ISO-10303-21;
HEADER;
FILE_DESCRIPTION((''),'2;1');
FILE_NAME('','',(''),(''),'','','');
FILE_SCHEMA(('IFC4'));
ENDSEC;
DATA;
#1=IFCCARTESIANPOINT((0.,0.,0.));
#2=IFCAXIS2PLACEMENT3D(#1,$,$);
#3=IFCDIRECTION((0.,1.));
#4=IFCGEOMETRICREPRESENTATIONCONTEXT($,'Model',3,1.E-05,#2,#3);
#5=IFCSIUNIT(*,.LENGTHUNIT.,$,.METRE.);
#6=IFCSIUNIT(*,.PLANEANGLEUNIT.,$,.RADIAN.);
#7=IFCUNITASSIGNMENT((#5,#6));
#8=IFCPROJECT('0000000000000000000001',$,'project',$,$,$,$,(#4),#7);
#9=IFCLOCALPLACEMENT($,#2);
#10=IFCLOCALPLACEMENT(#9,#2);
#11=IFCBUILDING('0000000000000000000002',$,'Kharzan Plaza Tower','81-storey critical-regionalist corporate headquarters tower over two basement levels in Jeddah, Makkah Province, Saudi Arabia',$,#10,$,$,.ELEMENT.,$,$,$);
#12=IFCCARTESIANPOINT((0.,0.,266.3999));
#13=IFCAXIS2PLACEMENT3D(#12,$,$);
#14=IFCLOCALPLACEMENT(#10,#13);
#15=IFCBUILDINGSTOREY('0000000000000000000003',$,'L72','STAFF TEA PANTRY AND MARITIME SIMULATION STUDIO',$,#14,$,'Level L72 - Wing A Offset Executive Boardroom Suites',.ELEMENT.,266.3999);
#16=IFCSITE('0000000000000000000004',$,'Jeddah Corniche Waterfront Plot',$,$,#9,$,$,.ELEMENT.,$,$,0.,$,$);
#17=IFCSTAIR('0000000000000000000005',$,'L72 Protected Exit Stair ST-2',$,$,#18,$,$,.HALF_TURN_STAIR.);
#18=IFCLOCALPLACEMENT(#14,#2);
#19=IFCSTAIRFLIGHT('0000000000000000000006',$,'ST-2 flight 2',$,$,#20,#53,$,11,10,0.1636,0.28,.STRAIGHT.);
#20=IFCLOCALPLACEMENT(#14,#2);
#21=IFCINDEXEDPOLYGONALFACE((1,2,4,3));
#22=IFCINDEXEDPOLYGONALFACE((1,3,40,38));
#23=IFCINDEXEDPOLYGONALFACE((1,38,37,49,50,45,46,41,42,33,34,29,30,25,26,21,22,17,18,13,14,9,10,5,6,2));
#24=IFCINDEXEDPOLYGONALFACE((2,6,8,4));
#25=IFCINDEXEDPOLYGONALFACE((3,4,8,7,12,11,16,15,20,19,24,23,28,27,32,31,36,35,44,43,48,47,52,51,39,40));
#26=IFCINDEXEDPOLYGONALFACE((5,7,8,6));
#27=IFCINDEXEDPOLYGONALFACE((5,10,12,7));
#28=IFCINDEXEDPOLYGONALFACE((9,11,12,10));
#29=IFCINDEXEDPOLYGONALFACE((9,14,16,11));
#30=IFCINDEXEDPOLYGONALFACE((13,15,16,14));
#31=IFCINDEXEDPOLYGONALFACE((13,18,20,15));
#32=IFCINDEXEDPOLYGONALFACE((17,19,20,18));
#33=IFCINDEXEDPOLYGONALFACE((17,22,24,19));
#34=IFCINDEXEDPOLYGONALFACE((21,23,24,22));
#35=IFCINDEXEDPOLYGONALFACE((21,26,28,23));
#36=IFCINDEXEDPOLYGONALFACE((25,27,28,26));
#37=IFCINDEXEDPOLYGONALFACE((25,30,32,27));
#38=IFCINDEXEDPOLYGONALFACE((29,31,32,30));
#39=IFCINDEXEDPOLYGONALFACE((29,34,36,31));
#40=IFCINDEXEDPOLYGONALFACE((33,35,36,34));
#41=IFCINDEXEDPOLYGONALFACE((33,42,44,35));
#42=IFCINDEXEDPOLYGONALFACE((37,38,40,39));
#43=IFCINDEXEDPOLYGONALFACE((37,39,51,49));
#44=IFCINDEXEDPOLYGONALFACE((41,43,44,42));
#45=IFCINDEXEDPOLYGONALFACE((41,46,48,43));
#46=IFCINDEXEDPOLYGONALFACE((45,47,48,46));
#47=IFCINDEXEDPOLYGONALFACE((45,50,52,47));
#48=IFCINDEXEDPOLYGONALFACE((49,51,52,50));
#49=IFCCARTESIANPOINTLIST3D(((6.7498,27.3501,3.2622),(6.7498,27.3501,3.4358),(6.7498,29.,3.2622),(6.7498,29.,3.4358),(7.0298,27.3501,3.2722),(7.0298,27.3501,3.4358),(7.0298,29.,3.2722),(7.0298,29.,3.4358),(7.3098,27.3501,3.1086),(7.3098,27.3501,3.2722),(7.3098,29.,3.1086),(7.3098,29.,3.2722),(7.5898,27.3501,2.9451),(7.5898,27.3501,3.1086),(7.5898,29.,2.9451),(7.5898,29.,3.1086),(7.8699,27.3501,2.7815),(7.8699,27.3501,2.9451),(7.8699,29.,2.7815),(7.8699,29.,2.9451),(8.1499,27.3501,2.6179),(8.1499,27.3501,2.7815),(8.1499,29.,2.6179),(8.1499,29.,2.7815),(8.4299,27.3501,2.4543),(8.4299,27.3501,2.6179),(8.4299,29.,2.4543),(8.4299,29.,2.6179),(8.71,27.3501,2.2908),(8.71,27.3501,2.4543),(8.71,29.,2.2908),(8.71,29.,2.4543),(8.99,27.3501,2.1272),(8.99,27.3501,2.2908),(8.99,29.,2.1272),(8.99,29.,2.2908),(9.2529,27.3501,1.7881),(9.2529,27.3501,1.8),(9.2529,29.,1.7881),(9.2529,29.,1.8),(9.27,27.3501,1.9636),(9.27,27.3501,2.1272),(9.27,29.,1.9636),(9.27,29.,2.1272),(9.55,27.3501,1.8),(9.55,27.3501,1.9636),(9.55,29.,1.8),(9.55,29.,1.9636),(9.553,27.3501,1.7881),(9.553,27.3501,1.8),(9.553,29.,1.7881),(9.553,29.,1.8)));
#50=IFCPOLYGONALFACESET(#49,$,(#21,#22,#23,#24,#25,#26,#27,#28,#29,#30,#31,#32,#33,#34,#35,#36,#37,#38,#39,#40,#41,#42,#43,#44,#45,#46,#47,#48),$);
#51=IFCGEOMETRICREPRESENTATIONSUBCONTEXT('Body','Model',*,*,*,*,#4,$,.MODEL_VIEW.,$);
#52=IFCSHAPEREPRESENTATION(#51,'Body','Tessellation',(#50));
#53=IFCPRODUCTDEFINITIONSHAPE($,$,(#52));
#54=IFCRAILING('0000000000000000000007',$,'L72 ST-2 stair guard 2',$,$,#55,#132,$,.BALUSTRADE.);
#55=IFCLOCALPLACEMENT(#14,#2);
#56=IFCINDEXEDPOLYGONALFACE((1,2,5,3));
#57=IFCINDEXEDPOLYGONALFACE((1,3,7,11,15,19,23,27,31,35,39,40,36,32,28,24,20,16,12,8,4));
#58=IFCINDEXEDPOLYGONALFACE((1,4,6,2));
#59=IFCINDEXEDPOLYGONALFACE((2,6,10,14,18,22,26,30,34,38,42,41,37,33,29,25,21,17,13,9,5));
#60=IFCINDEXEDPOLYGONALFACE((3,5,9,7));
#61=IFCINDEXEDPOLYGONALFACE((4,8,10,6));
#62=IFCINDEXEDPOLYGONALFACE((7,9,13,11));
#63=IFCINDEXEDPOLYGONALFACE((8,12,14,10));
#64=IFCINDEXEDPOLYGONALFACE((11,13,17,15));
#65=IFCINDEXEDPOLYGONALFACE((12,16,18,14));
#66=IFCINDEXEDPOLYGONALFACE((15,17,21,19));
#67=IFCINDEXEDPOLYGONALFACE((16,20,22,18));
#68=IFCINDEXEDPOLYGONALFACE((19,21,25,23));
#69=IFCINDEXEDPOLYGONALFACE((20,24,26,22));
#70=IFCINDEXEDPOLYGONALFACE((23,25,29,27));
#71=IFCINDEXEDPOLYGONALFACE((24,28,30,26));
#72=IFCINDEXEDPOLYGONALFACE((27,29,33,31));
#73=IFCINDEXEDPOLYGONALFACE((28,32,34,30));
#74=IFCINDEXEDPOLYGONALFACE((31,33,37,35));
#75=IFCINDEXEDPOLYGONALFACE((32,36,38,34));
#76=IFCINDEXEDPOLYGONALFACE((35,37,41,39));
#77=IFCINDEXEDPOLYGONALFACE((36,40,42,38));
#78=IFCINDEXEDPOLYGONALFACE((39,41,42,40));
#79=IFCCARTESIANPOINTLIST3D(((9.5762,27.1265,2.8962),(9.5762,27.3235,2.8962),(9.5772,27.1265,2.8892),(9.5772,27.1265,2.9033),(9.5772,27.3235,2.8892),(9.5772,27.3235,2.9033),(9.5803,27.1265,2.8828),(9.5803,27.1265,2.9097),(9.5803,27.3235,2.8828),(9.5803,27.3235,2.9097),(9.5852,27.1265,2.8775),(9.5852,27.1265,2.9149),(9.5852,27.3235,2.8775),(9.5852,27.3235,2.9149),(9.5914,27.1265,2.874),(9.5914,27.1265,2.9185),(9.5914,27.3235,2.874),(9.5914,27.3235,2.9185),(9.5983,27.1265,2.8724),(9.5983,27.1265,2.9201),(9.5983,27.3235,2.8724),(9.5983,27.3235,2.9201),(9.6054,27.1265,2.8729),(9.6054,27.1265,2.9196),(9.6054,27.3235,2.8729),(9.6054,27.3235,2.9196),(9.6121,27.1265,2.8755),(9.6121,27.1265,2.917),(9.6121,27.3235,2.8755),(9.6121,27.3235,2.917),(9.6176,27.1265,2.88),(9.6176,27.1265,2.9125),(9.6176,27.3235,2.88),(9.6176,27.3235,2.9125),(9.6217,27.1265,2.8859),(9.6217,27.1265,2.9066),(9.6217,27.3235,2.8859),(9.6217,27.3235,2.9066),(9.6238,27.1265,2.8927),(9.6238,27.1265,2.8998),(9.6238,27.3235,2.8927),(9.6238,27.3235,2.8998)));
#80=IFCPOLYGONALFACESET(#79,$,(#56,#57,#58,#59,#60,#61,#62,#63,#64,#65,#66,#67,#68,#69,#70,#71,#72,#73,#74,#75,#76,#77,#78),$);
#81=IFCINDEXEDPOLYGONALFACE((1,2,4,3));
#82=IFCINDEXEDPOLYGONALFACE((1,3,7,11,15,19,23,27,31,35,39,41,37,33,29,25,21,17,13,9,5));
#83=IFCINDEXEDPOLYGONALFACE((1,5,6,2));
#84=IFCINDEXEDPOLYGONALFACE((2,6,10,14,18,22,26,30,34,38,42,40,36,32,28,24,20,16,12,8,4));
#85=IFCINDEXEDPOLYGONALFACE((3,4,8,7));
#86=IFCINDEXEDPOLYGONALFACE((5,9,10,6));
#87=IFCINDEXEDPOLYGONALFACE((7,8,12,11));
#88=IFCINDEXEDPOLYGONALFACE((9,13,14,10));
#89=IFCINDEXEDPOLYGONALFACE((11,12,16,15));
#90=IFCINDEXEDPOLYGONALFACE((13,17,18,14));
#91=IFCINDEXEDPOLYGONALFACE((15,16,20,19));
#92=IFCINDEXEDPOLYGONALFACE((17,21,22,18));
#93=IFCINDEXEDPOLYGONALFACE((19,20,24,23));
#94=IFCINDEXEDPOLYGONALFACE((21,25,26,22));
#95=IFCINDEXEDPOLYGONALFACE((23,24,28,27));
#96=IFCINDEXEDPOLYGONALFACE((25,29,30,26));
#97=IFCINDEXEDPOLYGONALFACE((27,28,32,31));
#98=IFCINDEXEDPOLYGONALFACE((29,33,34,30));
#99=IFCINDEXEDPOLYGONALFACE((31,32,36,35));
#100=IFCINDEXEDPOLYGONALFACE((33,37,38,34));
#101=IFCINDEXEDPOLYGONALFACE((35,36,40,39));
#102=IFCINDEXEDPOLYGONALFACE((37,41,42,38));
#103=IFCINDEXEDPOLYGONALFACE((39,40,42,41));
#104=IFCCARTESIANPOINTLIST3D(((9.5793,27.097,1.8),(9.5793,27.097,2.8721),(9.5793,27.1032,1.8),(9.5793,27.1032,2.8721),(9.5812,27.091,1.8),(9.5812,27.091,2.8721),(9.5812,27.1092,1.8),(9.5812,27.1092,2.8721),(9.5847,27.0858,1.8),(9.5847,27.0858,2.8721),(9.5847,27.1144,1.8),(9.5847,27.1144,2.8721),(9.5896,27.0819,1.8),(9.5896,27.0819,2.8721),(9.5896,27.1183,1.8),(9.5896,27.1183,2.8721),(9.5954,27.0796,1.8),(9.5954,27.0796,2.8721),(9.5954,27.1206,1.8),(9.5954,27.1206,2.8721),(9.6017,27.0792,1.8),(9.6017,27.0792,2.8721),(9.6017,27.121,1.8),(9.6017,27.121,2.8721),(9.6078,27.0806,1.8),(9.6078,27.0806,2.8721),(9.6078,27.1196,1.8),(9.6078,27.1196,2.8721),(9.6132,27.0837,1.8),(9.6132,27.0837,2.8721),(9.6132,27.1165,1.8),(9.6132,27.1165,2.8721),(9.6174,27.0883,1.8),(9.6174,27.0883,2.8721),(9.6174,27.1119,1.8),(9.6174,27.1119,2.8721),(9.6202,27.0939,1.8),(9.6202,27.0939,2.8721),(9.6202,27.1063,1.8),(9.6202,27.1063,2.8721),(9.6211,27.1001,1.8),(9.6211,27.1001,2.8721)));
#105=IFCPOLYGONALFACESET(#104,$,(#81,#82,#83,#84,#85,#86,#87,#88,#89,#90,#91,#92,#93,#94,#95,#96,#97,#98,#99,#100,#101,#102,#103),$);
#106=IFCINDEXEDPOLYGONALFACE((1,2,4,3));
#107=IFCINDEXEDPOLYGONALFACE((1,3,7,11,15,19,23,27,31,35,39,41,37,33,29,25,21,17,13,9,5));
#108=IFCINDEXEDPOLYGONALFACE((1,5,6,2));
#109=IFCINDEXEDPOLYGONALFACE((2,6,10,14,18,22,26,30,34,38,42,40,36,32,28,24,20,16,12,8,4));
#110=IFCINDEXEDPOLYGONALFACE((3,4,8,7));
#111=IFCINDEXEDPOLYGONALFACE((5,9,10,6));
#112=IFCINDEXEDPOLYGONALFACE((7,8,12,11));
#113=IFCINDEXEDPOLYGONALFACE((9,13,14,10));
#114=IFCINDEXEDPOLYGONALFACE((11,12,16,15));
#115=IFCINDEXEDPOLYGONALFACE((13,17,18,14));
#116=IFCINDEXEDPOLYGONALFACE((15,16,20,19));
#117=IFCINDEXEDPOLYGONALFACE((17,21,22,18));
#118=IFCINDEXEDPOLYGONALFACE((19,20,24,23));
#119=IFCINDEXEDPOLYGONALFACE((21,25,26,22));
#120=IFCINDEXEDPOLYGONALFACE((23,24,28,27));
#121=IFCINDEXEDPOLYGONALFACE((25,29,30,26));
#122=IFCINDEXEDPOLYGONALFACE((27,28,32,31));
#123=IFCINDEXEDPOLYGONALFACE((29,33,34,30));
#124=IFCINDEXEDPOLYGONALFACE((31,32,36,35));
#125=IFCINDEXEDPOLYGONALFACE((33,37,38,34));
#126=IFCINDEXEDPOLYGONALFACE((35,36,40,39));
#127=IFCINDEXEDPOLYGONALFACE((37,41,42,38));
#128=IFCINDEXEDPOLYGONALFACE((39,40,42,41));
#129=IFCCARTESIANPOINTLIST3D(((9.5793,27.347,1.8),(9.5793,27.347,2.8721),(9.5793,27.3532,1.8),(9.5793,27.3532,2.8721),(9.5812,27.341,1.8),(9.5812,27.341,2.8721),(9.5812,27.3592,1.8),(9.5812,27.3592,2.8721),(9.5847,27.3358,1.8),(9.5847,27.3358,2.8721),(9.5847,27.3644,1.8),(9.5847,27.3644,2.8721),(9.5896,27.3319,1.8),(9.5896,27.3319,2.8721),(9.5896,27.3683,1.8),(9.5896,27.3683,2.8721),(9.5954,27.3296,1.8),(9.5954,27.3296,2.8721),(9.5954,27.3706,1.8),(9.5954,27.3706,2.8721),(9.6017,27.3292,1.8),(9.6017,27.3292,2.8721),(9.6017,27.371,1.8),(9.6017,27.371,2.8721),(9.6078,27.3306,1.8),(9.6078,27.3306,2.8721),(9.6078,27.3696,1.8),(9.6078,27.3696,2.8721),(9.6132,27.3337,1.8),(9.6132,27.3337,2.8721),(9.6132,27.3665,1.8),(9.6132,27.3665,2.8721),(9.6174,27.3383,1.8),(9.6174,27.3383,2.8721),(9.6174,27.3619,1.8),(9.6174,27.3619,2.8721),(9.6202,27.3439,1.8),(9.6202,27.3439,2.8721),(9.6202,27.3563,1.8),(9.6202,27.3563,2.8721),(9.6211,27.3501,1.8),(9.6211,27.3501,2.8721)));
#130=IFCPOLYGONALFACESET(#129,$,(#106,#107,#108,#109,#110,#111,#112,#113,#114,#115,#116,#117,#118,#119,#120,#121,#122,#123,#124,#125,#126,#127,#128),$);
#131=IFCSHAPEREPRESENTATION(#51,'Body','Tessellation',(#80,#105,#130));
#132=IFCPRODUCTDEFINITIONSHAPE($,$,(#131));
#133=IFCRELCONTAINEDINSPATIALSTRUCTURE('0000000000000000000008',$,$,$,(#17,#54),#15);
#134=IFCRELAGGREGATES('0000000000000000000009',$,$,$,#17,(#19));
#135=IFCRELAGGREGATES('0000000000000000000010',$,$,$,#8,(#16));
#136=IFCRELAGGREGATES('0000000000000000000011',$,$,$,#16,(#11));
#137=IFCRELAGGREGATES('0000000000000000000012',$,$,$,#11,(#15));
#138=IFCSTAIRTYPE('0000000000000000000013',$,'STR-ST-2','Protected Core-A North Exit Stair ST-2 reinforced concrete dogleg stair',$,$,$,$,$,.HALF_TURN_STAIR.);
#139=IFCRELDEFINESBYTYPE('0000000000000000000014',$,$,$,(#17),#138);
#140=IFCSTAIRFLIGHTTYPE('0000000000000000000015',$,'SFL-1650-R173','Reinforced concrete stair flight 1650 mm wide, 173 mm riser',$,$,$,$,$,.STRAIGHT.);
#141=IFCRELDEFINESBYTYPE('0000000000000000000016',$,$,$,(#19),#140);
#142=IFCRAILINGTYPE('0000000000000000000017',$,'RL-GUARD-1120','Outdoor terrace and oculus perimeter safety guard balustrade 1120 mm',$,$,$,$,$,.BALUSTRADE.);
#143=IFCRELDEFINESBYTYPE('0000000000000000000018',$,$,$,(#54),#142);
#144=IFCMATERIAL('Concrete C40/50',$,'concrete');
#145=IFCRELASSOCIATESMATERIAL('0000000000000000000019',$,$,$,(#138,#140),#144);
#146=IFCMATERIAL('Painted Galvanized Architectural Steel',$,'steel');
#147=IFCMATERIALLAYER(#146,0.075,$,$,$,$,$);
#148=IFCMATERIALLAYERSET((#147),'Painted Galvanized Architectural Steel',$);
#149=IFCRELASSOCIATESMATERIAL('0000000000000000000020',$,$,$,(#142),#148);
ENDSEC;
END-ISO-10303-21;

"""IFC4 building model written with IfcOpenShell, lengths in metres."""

from ifc_helpers import new_model, si_unit, direction, frame, origin, origin_2d, place, context, subcontext, project, spatial, polyline, circle, outline, extrude, source, transform, mapped, material, layer, layer_set, type_object, element, aggregate, save


model = new_model("IFC4")

# Units and contexts
model_context = context("Model", 3, precision=1e-05, world=origin(), true_north=direction((0.0, 1.0)))
body_context = subcontext(model_context, "Body", "Model", "MODEL_VIEW")
ifc_project = project(units=[si_unit("LENGTHUNIT", "METRE"), si_unit("PLANEANGLEUNIT", "RADIAN")], contexts=[model_context])

# Site, building, storey
site_placement = place(None, origin())
site = spatial("IfcSite", under=ifc_project, at=site_placement, Name="Jeddah Corniche Waterfront Plot", CompositionType="ELEMENT", RefElevation=0.0)
building_placement = place(site_placement, origin())
building = spatial("IfcBuilding", under=site, at=building_placement, Name="Kharzan Plaza Tower", Description="81-storey critical-regionalist corporate headquarters tower over two basement levels in Jeddah, Makkah Province, Saudi Arabia", CompositionType="ELEMENT")
storey_placement = place(building_placement, frame((0.0, 0.0, 266.3999)))
storey = spatial("IfcBuildingStorey", under=building, at=storey_placement, Name="L72", Description="STAFF TEA PANTRY AND MARITIME SIMULATION STUDIO", LongName="Level L72 - Wing A Offset Executive Boardroom Suites", CompositionType="ELEMENT", Elevation=266.3999)

# Shared definitions
ifc_material_1 = material(Name="Concrete C40/50", Category="concrete")

# Stair, stair flight
stair_type = type_object("IfcStairType", Name="STR-ST-2", Description="Protected Core-A North Exit Stair ST-2 reinforced concrete dogleg stair", PredefinedType="HALF_TURN_STAIR", material=ifc_material_1)
stair_placement = place(storey_placement, origin())
stair = element("IfcStair", 1, at=stair_placement, inside=storey, type_object=stair_type, Name="L72 Protected Exit Stair ST-2", PredefinedType="HALF_TURN_STAIR")
stair_flight_type = type_object("IfcStairFlightType", Name="SFL-1650-R173", Description="Reinforced concrete stair flight 1650 mm wide, 173 mm riser", PredefinedType="STRAIGHT", material=ifc_material_1)
shared_shape_1 = source(origin(), body_context, "Body", "SweptSolid", [
    extrude(outline(polyline([(-0.0029, -0.012), (-0.0029, 0.0), (0.0, 0.0), (0.0, 0.1636), (0.28, 0.1636), (0.28, 0.3271), (0.5601, 0.3271), (0.5601, 0.4907), (0.8401, 0.4907), (0.8401, 0.6543), (1.1201, 0.6543), (1.1201, 0.8179), (1.4001, 0.8179), (1.4001, 0.9814), (1.6802, 0.9814), (1.6802, 1.145), (1.9602, 1.145), (1.9602, 1.3086), (2.2402, 1.3086), (2.2402, 1.4722), (2.5203, 1.4722), (2.5203, 1.6357), (2.8003, 1.6357), (2.8003, 1.7993), (2.8003, 1.4622), (0.2971, 0.0), (0.2971, -0.012), (-0.0029, -0.012)])), frame((0.0, 0.825, 0.0), z_axis=(0.0, -1.0, 0.0), x_axis=(1.0, 0.0, 0.0)), (0.0, 0.0, 1.0), 1.6499),
])
stair_flight_placement = place(storey_placement, frame((9.55, 28.175, 1.8), z_axis=(0.0, 0.0, 1.0), x_axis=(-1.0, 0.0, 0.0)))
stair_flight = element("IfcStairFlight", 2, at=stair_flight_placement, type_object=stair_flight_type, Name="ST-2 flight 2", NumberOfRisers=11, NumberOfTreads=10, PredefinedType="STRAIGHT", RiserHeight=0.1636, TreadLength=0.28, context=body_context, shape_type="MappedRepresentation", body=[
    mapped(shared_shape_1, transform((0.0, 0.0, 0.0), x_axis=(1.0, 0.0, 0.0), y_axis=(0.0, 1.0, 0.0), z_axis=(0.0, 0.0, 1.0))),
])
aggregate(stair, [stair_flight])

# Railing
ifc_material_2 = material(Name="Painted Galvanized Architectural Steel", Category="steel")
ifc_layer_1 = layer(ifc_material_2, 0.075)
ifc_layer_set_1 = layer_set([ifc_layer_1], Name="Painted Galvanized Architectural Steel")
railing_type_1 = type_object("IfcRailingType", Name="RL-GUARD-1120", Description="Outdoor terrace and oculus perimeter safety guard balustrade 1120 mm", PredefinedType="BALUSTRADE", material=ifc_layer_set_1)
shared_shape_2 = source(origin(), body_context, "Body", "SweptSolid", [
    extrude(circle(Radius=0.0239, at=origin_2d()), frame((0.0, 0.0264, 1.0962), z_axis=(0.0, 1.0, 0.0), x_axis=(-1.0, 0.0, 0.0)), (0.0, 0.0, 1.0), 0.197),
    extrude(circle(Radius=0.021, at=origin_2d()), origin(), (0.0, 0.0, 1.0), 1.072),
    extrude(circle(Radius=0.021, at=origin_2d()), frame((0.0, 0.25, 0.0)), (0.0, 0.0, 1.0), 1.072),
])
for number, where, name in (
    (3, (9.6001, 27.1001, 1.8), "L72 ST-2 stair guard 2"),
):
    element("IfcRailing", number, at=place(storey_placement, frame(where)), inside=storey, type_object=railing_type_1, Name=name, PredefinedType="BALUSTRADE", context=body_context, shape_type="MappedRepresentation", body=[
        mapped(shared_shape_2, transform((0.0, 0.0, 0.0), x_axis=(1.0, 0.0, 0.0), y_axis=(0.0, 1.0, 0.0), z_axis=(0.0, 0.0, 1.0))),
    ])

save(model, "model.ifc")
